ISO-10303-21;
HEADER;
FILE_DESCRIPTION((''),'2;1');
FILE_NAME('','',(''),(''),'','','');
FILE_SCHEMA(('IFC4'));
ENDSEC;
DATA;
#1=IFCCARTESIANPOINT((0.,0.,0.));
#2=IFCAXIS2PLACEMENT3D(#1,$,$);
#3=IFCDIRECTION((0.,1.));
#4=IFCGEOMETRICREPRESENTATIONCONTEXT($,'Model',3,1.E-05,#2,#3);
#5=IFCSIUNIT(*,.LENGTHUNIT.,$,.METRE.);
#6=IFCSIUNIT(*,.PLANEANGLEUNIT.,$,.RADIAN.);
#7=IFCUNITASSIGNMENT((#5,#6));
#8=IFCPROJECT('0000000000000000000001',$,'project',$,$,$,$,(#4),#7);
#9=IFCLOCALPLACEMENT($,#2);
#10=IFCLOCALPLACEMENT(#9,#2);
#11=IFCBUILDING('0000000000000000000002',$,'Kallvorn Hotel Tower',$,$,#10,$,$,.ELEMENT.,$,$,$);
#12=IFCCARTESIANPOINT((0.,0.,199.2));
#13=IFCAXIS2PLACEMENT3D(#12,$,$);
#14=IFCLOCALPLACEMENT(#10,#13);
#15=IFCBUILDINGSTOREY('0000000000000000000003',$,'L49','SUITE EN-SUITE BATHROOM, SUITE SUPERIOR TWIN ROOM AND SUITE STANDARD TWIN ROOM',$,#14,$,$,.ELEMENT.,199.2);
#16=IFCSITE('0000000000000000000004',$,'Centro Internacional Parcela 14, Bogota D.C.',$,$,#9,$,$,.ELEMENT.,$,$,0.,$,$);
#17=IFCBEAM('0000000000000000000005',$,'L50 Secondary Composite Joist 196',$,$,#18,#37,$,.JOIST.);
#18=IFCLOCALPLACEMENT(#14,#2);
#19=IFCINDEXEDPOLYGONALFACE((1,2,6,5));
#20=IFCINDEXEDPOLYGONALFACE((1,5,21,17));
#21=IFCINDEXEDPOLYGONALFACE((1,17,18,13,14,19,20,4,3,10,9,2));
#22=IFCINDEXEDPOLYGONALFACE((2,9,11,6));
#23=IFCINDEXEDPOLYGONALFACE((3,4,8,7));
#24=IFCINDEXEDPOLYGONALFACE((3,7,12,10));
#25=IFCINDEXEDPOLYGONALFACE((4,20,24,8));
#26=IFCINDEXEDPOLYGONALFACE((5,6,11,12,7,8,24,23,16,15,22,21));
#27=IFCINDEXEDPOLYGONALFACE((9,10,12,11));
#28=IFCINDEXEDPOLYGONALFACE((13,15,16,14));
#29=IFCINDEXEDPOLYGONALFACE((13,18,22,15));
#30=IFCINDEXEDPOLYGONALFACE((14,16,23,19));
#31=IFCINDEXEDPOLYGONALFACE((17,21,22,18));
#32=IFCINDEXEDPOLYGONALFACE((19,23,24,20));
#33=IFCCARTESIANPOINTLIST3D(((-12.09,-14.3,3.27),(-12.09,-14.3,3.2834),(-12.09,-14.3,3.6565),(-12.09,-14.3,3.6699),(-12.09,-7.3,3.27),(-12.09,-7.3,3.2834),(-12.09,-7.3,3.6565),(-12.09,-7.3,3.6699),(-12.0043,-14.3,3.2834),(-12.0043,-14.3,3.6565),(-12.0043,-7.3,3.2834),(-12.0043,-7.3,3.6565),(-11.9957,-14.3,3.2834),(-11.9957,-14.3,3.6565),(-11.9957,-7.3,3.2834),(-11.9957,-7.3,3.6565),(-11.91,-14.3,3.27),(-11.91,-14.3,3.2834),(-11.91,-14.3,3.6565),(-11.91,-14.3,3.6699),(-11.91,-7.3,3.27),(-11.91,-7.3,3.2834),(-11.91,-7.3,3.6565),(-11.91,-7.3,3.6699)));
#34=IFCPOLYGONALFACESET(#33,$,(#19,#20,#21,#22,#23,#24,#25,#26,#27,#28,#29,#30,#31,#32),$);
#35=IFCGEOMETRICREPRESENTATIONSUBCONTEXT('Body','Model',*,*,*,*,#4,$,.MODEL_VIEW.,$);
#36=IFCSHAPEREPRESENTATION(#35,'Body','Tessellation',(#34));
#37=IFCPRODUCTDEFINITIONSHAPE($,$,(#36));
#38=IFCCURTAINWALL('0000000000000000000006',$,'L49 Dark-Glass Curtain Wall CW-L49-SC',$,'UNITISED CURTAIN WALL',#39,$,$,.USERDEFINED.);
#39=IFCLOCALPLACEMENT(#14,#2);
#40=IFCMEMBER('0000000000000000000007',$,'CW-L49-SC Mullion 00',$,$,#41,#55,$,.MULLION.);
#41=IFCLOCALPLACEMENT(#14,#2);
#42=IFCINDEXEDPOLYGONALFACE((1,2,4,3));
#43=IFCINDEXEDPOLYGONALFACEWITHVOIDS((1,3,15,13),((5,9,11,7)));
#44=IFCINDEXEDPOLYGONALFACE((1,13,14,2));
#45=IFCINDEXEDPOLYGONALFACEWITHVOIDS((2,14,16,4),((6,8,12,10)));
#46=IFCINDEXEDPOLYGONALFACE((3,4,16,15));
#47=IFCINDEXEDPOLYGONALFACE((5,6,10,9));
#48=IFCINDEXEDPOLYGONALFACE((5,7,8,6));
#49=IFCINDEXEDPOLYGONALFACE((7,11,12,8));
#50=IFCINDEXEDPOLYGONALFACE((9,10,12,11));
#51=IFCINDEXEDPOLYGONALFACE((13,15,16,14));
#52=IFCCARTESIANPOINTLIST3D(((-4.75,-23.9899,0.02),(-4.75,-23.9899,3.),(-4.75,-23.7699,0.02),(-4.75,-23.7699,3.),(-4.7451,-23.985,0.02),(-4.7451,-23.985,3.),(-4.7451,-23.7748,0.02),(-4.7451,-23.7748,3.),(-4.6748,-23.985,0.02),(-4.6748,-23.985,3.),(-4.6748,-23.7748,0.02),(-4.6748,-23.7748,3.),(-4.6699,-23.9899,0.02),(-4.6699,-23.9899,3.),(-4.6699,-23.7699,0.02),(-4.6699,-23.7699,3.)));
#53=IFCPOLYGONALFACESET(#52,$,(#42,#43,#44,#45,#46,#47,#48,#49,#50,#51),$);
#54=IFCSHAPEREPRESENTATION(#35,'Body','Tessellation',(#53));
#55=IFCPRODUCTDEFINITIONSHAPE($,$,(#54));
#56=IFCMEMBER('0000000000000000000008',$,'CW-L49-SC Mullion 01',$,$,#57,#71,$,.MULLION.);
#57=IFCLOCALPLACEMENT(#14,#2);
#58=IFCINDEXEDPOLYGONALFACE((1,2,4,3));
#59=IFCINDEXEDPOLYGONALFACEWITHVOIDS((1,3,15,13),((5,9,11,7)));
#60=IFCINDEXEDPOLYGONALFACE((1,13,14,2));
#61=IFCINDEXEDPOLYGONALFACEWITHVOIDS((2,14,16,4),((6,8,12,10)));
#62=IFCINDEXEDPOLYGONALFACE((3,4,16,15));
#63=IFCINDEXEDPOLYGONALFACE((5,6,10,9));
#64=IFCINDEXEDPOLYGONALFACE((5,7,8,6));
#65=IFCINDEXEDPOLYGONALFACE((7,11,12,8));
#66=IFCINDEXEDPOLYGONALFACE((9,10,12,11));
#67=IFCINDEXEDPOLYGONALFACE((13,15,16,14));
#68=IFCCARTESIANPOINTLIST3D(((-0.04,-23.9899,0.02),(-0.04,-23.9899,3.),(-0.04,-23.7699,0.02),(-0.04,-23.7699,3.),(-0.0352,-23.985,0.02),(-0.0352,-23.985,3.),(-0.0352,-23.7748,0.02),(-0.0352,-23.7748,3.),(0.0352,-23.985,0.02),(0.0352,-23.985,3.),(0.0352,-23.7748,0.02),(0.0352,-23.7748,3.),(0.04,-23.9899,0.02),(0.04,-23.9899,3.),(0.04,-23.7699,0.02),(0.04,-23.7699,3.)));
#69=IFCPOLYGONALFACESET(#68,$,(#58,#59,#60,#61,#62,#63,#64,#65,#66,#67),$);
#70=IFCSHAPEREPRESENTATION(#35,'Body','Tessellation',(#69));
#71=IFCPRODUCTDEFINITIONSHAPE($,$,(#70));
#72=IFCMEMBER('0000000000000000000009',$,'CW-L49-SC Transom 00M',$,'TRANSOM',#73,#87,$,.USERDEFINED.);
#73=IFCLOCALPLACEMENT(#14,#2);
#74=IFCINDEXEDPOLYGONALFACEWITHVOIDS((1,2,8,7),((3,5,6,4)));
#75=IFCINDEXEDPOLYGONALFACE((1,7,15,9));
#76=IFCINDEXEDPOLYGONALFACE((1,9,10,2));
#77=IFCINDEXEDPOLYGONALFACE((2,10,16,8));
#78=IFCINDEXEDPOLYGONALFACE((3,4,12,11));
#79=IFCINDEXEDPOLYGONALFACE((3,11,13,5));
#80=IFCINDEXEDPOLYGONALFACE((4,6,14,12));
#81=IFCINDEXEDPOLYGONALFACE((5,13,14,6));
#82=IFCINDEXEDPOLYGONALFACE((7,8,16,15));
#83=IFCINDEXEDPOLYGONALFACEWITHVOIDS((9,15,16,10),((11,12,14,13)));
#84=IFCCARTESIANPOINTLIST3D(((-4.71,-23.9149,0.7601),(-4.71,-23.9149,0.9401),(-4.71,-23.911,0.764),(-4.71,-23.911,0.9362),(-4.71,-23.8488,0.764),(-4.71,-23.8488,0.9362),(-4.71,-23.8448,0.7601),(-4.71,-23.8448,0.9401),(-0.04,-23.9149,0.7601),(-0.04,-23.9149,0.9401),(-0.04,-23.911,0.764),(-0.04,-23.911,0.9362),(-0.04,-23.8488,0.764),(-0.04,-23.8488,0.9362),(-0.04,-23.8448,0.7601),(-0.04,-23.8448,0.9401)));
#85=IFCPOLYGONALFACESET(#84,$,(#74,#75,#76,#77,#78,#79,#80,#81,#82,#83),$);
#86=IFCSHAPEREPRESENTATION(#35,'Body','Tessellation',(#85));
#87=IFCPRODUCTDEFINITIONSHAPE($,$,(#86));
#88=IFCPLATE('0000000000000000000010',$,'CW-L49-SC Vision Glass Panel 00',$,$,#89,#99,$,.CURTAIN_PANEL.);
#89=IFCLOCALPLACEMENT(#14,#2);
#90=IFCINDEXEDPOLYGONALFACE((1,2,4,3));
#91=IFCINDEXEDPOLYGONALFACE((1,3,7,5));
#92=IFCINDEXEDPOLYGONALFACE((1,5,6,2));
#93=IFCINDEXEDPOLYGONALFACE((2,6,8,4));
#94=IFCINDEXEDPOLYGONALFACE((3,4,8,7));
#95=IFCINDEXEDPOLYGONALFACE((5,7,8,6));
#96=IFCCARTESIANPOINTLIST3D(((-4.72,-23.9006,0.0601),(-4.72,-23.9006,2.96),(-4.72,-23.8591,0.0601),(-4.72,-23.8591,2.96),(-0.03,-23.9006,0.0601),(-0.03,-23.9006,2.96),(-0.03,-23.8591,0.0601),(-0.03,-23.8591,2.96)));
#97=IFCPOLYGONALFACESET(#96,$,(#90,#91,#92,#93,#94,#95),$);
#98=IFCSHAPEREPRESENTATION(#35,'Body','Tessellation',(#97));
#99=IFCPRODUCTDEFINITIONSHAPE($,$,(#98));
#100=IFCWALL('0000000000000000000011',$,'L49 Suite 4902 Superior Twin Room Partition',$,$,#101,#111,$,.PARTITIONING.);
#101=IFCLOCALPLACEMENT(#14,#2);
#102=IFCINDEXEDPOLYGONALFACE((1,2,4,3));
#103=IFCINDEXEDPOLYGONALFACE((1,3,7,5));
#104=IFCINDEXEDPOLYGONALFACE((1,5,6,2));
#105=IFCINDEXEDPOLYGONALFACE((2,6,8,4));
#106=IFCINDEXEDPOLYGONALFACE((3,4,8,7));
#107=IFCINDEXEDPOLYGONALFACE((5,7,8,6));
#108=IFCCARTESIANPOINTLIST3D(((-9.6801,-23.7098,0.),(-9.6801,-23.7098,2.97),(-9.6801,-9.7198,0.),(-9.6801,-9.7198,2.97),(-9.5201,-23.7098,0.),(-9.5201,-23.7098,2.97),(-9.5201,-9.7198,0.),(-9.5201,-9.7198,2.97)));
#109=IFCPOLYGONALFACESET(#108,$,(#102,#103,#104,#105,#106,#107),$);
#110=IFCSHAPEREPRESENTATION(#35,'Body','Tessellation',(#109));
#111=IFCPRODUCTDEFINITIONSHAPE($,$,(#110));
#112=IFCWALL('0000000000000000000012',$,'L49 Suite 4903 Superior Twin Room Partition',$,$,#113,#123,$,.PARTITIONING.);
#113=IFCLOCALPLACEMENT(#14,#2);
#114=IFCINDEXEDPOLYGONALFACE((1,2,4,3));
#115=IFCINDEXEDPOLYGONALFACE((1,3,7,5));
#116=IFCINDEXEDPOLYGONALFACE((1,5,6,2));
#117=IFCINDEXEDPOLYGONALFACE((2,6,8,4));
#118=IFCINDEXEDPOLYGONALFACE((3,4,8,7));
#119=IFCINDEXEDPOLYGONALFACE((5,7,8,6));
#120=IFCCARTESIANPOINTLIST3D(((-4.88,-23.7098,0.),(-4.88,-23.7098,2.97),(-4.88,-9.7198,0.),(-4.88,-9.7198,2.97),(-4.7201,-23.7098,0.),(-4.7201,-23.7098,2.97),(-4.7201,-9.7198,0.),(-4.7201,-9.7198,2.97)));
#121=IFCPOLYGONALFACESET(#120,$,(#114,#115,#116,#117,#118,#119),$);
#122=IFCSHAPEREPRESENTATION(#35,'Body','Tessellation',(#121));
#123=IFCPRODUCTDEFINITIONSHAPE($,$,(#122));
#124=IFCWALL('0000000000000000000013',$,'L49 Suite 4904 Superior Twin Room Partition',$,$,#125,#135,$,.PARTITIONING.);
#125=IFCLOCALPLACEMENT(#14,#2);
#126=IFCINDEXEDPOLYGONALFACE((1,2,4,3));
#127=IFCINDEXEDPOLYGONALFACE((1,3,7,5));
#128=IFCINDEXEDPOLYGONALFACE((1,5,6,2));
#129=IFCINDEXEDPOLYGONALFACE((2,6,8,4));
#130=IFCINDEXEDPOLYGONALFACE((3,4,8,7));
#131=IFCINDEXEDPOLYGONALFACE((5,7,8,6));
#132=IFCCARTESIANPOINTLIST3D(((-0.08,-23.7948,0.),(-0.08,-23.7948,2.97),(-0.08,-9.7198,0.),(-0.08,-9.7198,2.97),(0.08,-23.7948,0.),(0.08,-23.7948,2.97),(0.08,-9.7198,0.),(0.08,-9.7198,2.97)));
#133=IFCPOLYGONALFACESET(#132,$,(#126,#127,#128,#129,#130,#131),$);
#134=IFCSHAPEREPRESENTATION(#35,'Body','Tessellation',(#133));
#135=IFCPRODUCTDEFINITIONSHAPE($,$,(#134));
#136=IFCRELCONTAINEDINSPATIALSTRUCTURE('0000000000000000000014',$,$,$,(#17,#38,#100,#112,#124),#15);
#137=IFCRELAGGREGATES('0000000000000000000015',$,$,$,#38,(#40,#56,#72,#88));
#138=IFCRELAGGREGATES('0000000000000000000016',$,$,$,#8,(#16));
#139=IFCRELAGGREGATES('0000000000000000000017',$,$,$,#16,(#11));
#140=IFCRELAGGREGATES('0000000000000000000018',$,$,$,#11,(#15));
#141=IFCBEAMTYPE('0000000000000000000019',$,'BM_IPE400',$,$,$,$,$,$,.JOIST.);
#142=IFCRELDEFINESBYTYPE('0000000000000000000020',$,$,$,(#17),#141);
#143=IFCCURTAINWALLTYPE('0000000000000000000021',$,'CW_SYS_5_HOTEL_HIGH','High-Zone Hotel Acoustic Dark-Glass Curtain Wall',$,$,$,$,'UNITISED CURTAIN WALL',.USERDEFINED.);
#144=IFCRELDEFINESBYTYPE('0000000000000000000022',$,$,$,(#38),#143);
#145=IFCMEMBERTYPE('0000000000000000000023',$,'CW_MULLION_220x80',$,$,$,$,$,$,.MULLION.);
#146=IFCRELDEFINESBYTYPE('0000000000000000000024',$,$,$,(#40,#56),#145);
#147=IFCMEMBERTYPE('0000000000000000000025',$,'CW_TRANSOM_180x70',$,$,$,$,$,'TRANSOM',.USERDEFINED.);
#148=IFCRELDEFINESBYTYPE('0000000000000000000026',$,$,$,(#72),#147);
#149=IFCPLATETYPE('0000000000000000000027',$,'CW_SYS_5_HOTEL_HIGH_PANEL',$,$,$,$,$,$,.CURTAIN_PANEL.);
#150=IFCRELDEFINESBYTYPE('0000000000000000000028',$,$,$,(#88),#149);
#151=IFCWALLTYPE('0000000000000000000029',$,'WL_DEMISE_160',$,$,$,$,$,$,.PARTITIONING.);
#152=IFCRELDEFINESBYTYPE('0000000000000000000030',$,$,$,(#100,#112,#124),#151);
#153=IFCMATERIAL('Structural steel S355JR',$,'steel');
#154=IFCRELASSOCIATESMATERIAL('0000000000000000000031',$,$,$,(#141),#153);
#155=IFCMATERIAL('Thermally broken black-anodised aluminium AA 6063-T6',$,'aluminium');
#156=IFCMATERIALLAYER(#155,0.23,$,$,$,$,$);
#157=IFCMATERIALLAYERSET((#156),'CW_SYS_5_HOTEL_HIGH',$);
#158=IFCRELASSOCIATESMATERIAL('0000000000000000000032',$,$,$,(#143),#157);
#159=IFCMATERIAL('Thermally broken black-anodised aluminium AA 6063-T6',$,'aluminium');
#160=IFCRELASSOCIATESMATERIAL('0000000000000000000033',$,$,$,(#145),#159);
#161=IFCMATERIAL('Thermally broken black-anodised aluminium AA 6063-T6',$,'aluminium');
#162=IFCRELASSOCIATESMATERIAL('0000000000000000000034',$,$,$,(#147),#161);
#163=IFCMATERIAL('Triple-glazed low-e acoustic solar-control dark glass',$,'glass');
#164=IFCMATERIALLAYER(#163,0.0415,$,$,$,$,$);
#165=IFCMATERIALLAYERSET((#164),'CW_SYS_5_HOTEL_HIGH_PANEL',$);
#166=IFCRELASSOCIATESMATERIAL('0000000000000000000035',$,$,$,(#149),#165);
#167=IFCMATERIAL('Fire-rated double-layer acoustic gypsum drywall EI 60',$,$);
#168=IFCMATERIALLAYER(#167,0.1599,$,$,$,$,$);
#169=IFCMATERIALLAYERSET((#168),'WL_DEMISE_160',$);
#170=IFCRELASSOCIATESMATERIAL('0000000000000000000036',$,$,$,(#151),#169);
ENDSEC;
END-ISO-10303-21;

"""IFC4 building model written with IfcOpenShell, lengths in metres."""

from ifc_helpers import new_model, si_unit, direction, frame, frame_2d, origin, origin_2d, place, context, subcontext, project, spatial, rectangle, hollow_rectangle, i_section, extrude, material, layer, layer_set, material_profile, profile_set, type_object, element, aggregate, save


model = new_model("IFC4")

# Units and contexts
model_context = context("Model", 3, precision=1e-05, world=origin(), true_north=direction((0.0, 1.0)))
body_context = subcontext(model_context, "Body", "Model", "MODEL_VIEW")
ifc_project = project(units=[si_unit("LENGTHUNIT", "METRE"), si_unit("PLANEANGLEUNIT", "RADIAN")], contexts=[model_context])

# Site, building, storey
site_placement = place(None, origin())
site = spatial("IfcSite", under=ifc_project, at=site_placement, Name="Centro Internacional Parcela 14, Bogota D.C.", CompositionType="ELEMENT", RefElevation=0.0)
building_placement = place(site_placement, origin())
building = spatial("IfcBuilding", under=site, at=building_placement, Name="Kallvorn Hotel Tower", CompositionType="ELEMENT")
storey_placement = place(building_placement, frame((0.0, 0.0, 199.2)))
storey = spatial("IfcBuildingStorey", under=building, at=storey_placement, Name="L49", Description="SUITE EN-SUITE BATHROOM, SUITE SUPERIOR TWIN ROOM AND SUITE STANDARD TWIN ROOM", CompositionType="ELEMENT", Elevation=199.2)

# Beam
ifc_material_1 = material(Name="Structural steel S355JR", Category="steel")
ifc_material_profile_1 = material_profile(ifc_material_1, i_section(OverallWidth=0.1799, OverallDepth=0.3999, WebThickness=0.0085, FlangeThickness=0.0134, at=origin_2d()), Name="IPE 400")
ifc_profile_set_1 = profile_set([ifc_material_profile_1], Name="Structural steel S355JR")
beam_type_1 = type_object("IfcBeamType", Name="BM_IPE400", PredefinedType="JOIST", material=ifc_profile_set_1)
beam_1_placement = place(storey_placement, frame((-12.0, -14.3, 3.47), z_axis=(0.0, 1.0, 0.0), x_axis=(-1.0, 0.0, 0.0)))
element("IfcBeam", 1, at=beam_1_placement, inside=storey, type_object=beam_type_1, Name="L50 Secondary Composite Joist 196", PredefinedType="JOIST", context=body_context, shape_type="SweptSolid", body=[
    extrude(i_section(OverallWidth=0.1799, OverallDepth=0.3999, WebThickness=0.0085, FlangeThickness=0.0134, at=origin_2d()), origin(), (0.0, 0.0, 1.0), 7.0),
])

# Curtain wall, members, plate
ifc_material_2 = material(Name="Thermally broken black-anodised aluminium AA 6063-T6", Category="aluminium")
ifc_layer_1 = layer(ifc_material_2, 0.23)
ifc_layer_set_1 = layer_set([ifc_layer_1], Name="CW_SYS_5_HOTEL_HIGH")
curtain_wall_type = type_object("IfcCurtainWallType", Name="CW_SYS_5_HOTEL_HIGH", Description="High-Zone Hotel Acoustic Dark-Glass Curtain Wall", ElementType="UNITISED CURTAIN WALL", PredefinedType="USERDEFINED", material=ifc_layer_set_1)
curtain_wall_placement = place(storey_placement, origin())
curtain_wall = element("IfcCurtainWall", 2, at=curtain_wall_placement, inside=storey, type_object=curtain_wall_type, Name="L49 Dark-Glass Curtain Wall CW-L49-SC", ObjectType="UNITISED CURTAIN WALL", PredefinedType="USERDEFINED")
ifc_material_3 = material(Name="Thermally broken black-anodised aluminium AA 6063-T6", Category="aluminium")
ifc_material_profile_2 = material_profile(ifc_material_3, hollow_rectangle(XDim=0.0801, YDim=0.22, WallThickness=0.0049, at=origin_2d()), Name="MUL 220x80")
ifc_profile_set_2 = profile_set([ifc_material_profile_2], Name="Thermally broken black-anodised aluminium AA 6063-T6")
member_type_1 = type_object("IfcMemberType", Name="CW_MULLION_220x80", PredefinedType="MULLION", material=ifc_profile_set_2)
member_1_placement = place(storey_placement, frame((-4.71, -23.8799, 0.02), z_axis=(0.0, 0.0, 1.0), x_axis=(1.0, 0.0, 0.0)))
member_1 = element("IfcMember", 3, at=member_1_placement, type_object=member_type_1, Name="CW-L49-SC Mullion 00", PredefinedType="MULLION", context=body_context, shape_type="SweptSolid", body=[
    extrude(hollow_rectangle(XDim=0.0801, YDim=0.22, WallThickness=0.0049, at=origin_2d()), origin(), (0.0, 0.0, 1.0), 2.98),
])
member_2_placement = place(storey_placement, frame((0.0, -23.8799, 0.02), z_axis=(0.0, 0.0, 1.0), x_axis=(1.0, 0.0, 0.0)))
member_2 = element("IfcMember", 4, at=member_2_placement, type_object=member_type_1, Name="CW-L49-SC Mullion 01", PredefinedType="MULLION", context=body_context, shape_type="SweptSolid", body=[
    extrude(hollow_rectangle(XDim=0.0801, YDim=0.22, WallThickness=0.0049, at=origin_2d()), origin(), (0.0, 0.0, 1.0), 2.98),
])
ifc_material_4 = material(Name="Thermally broken black-anodised aluminium AA 6063-T6", Category="aluminium")
ifc_material_profile_3 = material_profile(ifc_material_4, hollow_rectangle(XDim=0.0701, YDim=0.1799, WallThickness=0.0039, at=origin_2d()), Name="TRN 180x70")
ifc_profile_set_3 = profile_set([ifc_material_profile_3], Name="Thermally broken black-anodised aluminium AA 6063-T6")
member_type_2 = type_object("IfcMemberType", Name="CW_TRANSOM_180x70", ElementType="TRANSOM", PredefinedType="USERDEFINED", material=ifc_profile_set_3)
member_3_placement = place(storey_placement, frame((-4.71, -23.8799, 0.8501), z_axis=(1.0, 0.0, 0.0), x_axis=(0.0, 1.0, 0.0)))
member_3 = element("IfcMember", 5, at=member_3_placement, type_object=member_type_2, Name="CW-L49-SC Transom 00M", ObjectType="TRANSOM", PredefinedType="USERDEFINED", context=body_context, shape_type="SweptSolid", body=[
    extrude(hollow_rectangle(XDim=0.0701, YDim=0.1799, WallThickness=0.0039, at=origin_2d()), origin(), (0.0, 0.0, 1.0), 4.6699),
])
ifc_material_5 = material(Name="Triple-glazed low-e acoustic solar-control dark glass", Category="glass")
ifc_layer_2 = layer(ifc_material_5, 0.0415)
ifc_layer_set_2 = layer_set([ifc_layer_2], Name="CW_SYS_5_HOTEL_HIGH_PANEL")
plate_type = type_object("IfcPlateType", Name="CW_SYS_5_HOTEL_HIGH_PANEL", PredefinedType="CURTAIN_PANEL", material=ifc_layer_set_2)
plate_placement = place(storey_placement, frame((-2.375, -23.8799, 0.0601), z_axis=(0.0, 0.0, 1.0), x_axis=(1.0, 0.0, 0.0)))
plate = element("IfcPlate", 6, at=plate_placement, type_object=plate_type, Name="CW-L49-SC Vision Glass Panel 00", PredefinedType="CURTAIN_PANEL", context=body_context, shape_type="SweptSolid", body=[
    extrude(rectangle(XDim=4.6899, YDim=0.0415, at=origin_2d()), origin(), (0.0, 0.0, 1.0), 2.8999),
])
aggregate(curtain_wall, [member_1, member_2, member_3, plate])

# Walls
ifc_material_6 = material(Name="Fire-rated double-layer acoustic gypsum drywall EI 60")
ifc_layer_3 = layer(ifc_material_6, 0.1599)
ifc_layer_set_3 = layer_set([ifc_layer_3], Name="WL_DEMISE_160")
wall_type = type_object("IfcWallType", Name="WL_DEMISE_160", PredefinedType="PARTITIONING", material=ifc_layer_set_3)
for number, where, z_axis, x_axis, name in (
    (7, (-9.6001, -23.71, 0.0), (0.0, 0.0, 1.0), (0.0, 1.0, 0.0), "L49 Suite 4902 Superior Twin Room Partition"),
    (8, (-4.8, -23.71, 0.0), (0.0, 0.0, 1.0), (0.0, 1.0, 0.0), "L49 Suite 4903 Superior Twin Room Partition"),
):
    element("IfcWall", number, at=place(storey_placement, frame(where, z_axis=z_axis, x_axis=x_axis)), inside=storey, type_object=wall_type, Name=name, PredefinedType="PARTITIONING", context=body_context, shape_type="SweptSolid", body=[
        extrude(rectangle(XDim=13.99, YDim=0.1599, at=frame_2d((6.9951, 0.0))), origin(), (0.0, 0.0, 1.0), 2.97),
    ])
wall_placement = place(storey_placement, frame((0.0, -23.7949, 0.0), z_axis=(0.0, 0.0, 1.0), x_axis=(0.0, 1.0, 0.0)))
element("IfcWall", 9, at=wall_placement, inside=storey, type_object=wall_type, Name="L49 Suite 4904 Superior Twin Room Partition", PredefinedType="PARTITIONING", context=body_context, shape_type="SweptSolid", body=[
    extrude(rectangle(XDim=14.075, YDim=0.1599, at=frame_2d((7.0376, 0.0))), origin(), (0.0, 0.0, 1.0), 2.97),
])

save(model, "model.ifc")
